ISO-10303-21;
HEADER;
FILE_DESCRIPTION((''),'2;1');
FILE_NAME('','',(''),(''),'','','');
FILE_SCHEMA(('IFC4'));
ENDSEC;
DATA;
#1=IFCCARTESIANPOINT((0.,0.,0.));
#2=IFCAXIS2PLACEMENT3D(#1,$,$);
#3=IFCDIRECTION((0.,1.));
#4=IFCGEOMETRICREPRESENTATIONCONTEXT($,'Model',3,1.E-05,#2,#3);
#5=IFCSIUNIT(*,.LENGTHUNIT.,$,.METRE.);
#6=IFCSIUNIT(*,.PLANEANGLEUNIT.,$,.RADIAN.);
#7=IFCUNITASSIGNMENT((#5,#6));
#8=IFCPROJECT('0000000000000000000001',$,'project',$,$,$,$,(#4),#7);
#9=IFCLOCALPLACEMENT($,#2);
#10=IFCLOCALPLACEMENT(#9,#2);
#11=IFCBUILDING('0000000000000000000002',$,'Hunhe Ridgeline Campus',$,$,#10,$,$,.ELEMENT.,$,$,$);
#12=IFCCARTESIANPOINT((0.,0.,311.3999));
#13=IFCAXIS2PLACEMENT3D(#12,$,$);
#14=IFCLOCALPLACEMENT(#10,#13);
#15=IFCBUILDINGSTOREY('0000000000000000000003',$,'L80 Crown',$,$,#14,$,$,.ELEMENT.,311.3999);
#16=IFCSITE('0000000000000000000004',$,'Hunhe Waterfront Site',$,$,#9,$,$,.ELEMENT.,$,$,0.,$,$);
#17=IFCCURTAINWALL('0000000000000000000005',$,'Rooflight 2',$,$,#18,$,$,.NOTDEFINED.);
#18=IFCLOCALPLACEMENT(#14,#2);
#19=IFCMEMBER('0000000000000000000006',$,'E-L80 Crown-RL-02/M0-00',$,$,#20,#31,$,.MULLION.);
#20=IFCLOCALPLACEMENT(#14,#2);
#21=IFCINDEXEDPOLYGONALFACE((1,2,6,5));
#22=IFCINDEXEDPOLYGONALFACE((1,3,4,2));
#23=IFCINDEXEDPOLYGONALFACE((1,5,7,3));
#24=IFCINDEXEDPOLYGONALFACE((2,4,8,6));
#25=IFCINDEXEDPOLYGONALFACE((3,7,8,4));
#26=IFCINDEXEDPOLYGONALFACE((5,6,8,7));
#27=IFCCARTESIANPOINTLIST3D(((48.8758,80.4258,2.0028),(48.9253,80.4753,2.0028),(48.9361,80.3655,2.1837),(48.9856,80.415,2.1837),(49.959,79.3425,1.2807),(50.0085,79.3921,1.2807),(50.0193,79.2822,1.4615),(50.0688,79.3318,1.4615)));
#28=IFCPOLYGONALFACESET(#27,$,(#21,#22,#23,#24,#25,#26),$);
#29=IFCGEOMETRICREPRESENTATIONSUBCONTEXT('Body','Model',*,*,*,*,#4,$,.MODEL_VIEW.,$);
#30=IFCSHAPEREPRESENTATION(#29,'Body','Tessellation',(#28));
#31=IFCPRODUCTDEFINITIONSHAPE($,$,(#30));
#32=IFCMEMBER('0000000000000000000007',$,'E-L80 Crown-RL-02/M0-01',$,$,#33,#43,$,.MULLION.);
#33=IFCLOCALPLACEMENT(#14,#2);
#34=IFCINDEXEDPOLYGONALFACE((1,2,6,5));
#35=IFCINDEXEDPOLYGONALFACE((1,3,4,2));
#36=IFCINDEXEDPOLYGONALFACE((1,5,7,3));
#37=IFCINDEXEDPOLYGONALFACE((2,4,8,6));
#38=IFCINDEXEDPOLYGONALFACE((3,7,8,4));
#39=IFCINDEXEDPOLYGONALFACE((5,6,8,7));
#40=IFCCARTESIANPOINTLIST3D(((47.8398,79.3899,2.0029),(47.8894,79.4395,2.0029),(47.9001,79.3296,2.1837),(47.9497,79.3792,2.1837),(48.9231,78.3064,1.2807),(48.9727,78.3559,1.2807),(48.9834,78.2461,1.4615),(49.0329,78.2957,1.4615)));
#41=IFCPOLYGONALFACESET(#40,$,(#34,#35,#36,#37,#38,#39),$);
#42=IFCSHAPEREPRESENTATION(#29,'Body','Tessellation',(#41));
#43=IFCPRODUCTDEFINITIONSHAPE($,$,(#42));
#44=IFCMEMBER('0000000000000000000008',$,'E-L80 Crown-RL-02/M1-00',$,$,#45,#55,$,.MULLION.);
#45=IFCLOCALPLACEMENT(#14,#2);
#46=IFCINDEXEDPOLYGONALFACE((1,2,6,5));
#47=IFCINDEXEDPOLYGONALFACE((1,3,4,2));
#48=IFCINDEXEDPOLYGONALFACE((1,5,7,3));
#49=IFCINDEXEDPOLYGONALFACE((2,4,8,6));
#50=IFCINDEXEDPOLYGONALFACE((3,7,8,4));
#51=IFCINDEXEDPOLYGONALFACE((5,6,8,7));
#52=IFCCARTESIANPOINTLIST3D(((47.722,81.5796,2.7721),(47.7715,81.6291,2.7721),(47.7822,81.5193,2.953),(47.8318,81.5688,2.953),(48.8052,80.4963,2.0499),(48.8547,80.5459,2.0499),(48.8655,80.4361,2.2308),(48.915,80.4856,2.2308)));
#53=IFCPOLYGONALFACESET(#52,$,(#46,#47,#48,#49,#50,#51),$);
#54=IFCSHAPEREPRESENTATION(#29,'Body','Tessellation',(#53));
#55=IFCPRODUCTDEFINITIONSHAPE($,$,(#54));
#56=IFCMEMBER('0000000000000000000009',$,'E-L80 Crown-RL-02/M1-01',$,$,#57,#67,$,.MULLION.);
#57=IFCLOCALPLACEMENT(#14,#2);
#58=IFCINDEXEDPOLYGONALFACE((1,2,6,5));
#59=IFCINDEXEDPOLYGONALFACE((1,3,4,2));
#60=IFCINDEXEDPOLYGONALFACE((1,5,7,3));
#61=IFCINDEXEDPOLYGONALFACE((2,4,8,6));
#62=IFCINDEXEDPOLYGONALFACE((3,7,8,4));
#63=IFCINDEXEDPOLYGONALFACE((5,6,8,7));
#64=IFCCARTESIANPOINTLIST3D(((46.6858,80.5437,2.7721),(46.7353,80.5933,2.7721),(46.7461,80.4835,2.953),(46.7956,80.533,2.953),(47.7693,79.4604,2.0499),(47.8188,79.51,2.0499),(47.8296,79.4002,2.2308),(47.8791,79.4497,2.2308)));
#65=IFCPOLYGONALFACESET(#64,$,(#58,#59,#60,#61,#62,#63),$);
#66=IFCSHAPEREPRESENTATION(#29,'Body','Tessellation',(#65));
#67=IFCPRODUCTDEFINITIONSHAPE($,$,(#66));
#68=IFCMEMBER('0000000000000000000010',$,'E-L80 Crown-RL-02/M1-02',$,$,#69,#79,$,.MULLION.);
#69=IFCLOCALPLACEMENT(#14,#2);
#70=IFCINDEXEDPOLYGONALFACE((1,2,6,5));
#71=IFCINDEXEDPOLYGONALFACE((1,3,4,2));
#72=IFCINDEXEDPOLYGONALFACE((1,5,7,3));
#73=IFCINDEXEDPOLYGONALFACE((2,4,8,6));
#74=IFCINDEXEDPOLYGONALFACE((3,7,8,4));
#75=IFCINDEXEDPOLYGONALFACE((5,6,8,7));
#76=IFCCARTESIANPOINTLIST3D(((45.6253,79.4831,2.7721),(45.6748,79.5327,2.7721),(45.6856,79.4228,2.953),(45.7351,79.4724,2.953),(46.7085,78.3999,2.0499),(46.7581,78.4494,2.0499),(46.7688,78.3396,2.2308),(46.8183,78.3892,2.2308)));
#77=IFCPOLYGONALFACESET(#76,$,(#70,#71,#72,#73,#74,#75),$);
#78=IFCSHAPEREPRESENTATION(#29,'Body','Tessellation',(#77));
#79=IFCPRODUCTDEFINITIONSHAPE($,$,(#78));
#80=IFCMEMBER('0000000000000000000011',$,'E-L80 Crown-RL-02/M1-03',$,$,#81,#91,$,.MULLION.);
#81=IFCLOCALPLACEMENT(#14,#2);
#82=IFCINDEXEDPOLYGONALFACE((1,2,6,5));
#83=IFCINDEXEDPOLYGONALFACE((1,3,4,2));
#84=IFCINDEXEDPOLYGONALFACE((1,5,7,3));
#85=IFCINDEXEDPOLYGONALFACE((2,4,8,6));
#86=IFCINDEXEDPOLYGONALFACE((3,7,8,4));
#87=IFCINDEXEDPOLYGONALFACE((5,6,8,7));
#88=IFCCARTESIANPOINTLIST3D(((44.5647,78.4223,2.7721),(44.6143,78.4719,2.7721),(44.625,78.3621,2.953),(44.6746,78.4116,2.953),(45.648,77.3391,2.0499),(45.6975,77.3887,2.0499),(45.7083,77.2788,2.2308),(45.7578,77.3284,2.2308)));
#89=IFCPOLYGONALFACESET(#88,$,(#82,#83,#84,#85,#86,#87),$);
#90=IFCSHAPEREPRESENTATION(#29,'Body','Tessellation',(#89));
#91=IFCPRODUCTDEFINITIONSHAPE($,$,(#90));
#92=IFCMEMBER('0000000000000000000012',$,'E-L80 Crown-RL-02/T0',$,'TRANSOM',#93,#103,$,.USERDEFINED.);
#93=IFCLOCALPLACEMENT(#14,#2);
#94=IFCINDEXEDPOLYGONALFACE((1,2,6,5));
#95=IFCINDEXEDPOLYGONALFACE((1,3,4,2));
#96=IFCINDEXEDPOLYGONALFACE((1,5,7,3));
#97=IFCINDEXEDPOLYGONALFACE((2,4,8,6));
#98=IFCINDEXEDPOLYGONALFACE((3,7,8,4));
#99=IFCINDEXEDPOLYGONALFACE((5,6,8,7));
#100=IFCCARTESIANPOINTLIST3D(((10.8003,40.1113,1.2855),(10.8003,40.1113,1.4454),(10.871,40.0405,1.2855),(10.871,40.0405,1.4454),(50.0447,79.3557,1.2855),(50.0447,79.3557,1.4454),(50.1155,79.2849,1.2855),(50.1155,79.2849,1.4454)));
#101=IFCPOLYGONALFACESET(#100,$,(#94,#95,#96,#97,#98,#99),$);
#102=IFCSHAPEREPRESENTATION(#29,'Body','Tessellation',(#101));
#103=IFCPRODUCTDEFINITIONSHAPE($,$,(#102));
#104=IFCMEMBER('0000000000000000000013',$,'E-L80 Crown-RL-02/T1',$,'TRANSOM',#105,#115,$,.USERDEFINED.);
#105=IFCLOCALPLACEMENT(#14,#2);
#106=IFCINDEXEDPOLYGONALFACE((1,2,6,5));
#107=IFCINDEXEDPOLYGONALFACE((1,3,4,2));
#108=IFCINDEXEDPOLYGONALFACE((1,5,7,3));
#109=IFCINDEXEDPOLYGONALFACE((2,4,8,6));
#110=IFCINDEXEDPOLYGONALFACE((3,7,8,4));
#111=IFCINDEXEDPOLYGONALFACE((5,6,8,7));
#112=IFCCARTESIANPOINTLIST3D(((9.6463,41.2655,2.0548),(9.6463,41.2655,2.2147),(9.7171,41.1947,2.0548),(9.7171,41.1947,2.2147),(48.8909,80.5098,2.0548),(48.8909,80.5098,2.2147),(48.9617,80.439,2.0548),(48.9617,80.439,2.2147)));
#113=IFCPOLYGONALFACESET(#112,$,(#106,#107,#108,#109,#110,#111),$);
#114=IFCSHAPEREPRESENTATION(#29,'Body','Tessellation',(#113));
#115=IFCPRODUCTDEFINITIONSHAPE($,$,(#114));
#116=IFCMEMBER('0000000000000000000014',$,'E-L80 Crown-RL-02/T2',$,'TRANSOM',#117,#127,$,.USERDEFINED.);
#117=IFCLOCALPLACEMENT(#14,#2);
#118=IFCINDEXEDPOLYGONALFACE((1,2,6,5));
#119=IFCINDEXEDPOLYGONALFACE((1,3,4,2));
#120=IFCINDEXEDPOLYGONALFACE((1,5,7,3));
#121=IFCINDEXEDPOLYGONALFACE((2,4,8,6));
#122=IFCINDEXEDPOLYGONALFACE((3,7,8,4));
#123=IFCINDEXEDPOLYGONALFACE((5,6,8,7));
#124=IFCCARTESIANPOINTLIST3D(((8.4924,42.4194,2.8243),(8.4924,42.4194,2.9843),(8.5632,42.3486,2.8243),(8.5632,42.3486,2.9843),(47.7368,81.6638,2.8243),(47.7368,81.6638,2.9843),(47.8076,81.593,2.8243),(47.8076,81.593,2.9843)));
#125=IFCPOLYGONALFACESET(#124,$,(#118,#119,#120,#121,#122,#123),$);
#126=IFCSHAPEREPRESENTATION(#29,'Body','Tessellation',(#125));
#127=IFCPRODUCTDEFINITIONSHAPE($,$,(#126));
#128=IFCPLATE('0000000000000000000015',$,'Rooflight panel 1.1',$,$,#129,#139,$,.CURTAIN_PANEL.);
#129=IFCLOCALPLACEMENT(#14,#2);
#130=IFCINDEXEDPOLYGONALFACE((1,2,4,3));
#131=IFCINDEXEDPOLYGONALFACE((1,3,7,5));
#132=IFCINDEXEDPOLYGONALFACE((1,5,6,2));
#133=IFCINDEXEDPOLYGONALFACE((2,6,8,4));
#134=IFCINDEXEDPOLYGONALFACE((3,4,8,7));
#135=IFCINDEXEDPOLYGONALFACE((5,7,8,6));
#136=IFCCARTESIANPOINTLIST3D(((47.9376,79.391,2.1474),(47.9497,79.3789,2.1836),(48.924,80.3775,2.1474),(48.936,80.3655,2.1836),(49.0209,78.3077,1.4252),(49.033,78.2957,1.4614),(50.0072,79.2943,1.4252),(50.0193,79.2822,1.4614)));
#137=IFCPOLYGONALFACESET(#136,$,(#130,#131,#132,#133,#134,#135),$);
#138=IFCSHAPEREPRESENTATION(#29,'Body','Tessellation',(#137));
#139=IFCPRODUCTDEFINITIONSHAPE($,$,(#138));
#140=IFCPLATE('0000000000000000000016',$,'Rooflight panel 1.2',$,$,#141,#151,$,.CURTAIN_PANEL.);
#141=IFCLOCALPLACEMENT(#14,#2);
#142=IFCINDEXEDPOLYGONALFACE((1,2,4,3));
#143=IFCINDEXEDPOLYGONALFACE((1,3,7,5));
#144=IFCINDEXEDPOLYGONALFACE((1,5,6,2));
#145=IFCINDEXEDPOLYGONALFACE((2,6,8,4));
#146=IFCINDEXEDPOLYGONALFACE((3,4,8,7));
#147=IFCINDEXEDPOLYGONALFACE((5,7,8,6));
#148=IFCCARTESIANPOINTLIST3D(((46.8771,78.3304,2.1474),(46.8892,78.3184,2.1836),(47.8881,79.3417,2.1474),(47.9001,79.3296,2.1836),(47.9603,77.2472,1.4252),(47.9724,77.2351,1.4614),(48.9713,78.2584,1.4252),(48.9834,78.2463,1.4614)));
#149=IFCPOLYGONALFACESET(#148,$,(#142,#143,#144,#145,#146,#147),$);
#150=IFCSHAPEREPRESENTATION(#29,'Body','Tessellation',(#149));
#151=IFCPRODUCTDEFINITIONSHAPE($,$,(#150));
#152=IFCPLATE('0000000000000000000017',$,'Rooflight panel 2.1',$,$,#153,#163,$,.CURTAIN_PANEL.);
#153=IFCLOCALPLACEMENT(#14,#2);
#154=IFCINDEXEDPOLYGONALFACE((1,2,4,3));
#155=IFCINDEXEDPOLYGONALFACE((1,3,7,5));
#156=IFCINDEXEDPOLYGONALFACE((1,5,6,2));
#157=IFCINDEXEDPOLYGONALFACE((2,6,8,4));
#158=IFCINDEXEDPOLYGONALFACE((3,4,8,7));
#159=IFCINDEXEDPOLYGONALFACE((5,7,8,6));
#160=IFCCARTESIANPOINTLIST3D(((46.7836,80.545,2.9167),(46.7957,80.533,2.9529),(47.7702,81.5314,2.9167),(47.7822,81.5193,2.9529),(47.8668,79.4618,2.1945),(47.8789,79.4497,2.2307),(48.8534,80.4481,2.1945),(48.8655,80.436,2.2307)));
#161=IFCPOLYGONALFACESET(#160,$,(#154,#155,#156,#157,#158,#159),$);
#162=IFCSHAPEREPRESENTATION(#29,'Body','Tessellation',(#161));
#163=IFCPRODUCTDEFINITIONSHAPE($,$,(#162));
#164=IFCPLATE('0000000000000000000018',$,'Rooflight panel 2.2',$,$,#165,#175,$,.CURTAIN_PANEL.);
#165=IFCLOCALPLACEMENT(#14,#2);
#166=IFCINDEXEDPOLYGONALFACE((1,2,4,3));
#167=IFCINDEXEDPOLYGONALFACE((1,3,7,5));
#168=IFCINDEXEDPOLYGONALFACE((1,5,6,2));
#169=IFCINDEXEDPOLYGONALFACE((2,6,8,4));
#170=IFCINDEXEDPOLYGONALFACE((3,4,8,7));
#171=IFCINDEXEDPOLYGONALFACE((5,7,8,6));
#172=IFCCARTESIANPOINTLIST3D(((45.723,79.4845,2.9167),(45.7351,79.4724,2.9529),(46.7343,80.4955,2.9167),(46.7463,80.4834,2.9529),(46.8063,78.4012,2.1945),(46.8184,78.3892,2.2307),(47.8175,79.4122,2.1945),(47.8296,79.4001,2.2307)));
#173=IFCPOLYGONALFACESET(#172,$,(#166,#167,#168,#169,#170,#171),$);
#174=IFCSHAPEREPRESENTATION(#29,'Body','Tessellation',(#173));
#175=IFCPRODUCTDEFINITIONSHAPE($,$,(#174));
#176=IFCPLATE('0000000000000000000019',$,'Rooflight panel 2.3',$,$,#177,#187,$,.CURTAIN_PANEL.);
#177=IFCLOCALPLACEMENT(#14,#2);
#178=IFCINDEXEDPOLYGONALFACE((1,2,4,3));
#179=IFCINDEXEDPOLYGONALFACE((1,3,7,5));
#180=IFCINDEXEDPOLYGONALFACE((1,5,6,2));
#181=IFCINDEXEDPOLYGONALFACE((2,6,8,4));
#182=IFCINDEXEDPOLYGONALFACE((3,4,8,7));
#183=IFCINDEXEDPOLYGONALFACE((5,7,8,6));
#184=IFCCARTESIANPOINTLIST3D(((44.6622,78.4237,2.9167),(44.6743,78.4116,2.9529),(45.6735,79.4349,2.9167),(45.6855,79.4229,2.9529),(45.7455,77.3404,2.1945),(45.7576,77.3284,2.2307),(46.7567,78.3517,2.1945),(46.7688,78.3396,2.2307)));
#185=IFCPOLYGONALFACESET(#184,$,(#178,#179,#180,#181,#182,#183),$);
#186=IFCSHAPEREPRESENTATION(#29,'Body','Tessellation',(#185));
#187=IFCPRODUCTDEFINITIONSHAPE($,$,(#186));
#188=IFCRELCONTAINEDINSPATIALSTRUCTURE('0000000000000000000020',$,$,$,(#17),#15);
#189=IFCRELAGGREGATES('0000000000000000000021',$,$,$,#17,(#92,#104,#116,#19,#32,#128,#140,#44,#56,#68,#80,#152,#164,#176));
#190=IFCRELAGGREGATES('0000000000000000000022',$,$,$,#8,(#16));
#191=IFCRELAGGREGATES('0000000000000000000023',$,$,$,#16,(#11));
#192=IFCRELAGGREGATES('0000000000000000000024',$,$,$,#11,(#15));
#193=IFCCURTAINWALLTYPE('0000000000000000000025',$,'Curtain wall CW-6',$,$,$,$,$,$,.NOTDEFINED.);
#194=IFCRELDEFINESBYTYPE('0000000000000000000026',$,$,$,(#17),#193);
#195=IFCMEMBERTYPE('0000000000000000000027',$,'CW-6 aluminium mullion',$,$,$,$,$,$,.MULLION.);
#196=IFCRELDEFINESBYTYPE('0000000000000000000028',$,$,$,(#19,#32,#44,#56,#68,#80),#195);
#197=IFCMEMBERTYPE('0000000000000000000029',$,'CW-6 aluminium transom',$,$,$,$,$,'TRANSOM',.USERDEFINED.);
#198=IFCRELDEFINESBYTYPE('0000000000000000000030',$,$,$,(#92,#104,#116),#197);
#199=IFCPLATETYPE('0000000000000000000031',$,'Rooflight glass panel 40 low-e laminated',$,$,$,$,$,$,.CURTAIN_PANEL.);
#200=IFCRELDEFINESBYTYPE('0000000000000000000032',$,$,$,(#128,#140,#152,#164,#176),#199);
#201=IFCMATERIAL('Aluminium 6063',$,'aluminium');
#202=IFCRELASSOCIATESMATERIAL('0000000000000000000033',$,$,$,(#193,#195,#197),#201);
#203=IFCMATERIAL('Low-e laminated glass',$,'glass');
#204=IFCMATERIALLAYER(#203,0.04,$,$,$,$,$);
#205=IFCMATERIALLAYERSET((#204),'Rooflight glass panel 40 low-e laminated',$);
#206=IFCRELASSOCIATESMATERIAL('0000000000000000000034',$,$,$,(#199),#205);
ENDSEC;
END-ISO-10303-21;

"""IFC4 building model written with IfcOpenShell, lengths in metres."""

from ifc_helpers import new_model, si_unit, direction, frame, origin, origin_2d, place, context, subcontext, project, spatial, polyline, rectangle, outline, extrude, material, layer, layer_set, material_profile, profile_set, type_object, element, aggregate, save


model = new_model("IFC4")

# Units and contexts
model_context = context("Model", 3, precision=1e-05, world=origin(), true_north=direction((0.0, 1.0)))
body_context = subcontext(model_context, "Body", "Model", "MODEL_VIEW")
ifc_project = project(units=[si_unit("LENGTHUNIT", "METRE"), si_unit("PLANEANGLEUNIT", "RADIAN")], contexts=[model_context])

# Site, building, storey
site_placement = place(None, origin())
site = spatial("IfcSite", under=ifc_project, at=site_placement, Name="Hunhe Waterfront Site", CompositionType="ELEMENT", RefElevation=0.0)
building_placement = place(site_placement, origin())
building = spatial("IfcBuilding", under=site, at=building_placement, Name="Hunhe Ridgeline Campus", CompositionType="ELEMENT")
storey_placement = place(building_placement, frame((0.0, 0.0, 311.3999)))
storey = spatial("IfcBuildingStorey", under=building, at=storey_placement, Name="L80 Crown", CompositionType="ELEMENT", Elevation=311.3999)

# Curtain wall, members
ifc_material_1 = material(Name="Aluminium 6063", Category="aluminium")
curtain_wall_type = type_object("IfcCurtainWallType", Name="Curtain wall CW-6", PredefinedType="NOTDEFINED", material=ifc_material_1)
curtain_wall_placement = place(storey_placement, origin())
curtain_wall = element("IfcCurtainWall", 1, at=curtain_wall_placement, inside=storey, type_object=curtain_wall_type, Name="Rooflight 2", PredefinedType="NOTDEFINED")
ifc_material_profile_1 = material_profile(ifc_material_1, rectangle(XDim=0.0701, YDim=0.2, at=origin_2d()))
ifc_profile_set_1 = profile_set([ifc_material_profile_1], Name="Aluminium 6063")
member_type_1 = type_object("IfcMemberType", Name="CW-6 aluminium mullion", PredefinedType="MULLION", material=ifc_profile_set_1)
member_1_placement = place(storey_placement, frame((50.0139, 79.3372, 1.3711), z_axis=(-0.639602, 0.639602, 0.426401), x_axis=(-0.707107, -0.707107, 0.0)))
member_1 = element("IfcMember", 2, at=member_1_placement, type_object=member_type_1, Name="E-L80 Crown-RL-02/M0-00", PredefinedType="MULLION", context=body_context, shape_type="SweptSolid", body=[
    extrude(rectangle(XDim=0.0701, YDim=0.2, at=origin_2d()), origin(), (0.0, 0.0, 1.0), 1.6936),
])
member_2_placement = place(storey_placement, frame((48.978, 78.301, 1.3711), z_axis=(-0.639543, 0.639687, 0.426362), x_axis=(-0.707186, -0.707027, 0.0)))
member_2 = element("IfcMember", 3, at=member_2_placement, type_object=member_type_1, Name="E-L80 Crown-RL-02/M0-01", PredefinedType="MULLION", context=body_context, shape_type="SweptSolid", body=[
    extrude(rectangle(XDim=0.0701, YDim=0.2, at=origin_2d()), origin(), (0.0, 0.0, 1.0), 1.6938),
])
member_3_placement = place(storey_placement, frame((48.8601, 80.491, 2.1404), z_axis=(-0.639602, 0.639602, 0.426401), x_axis=(-0.707107, -0.707107, 0.0)))
member_3 = element("IfcMember", 4, at=member_3_placement, type_object=member_type_1, Name="E-L80 Crown-RL-02/M1-00", PredefinedType="MULLION", context=body_context, shape_type="SweptSolid", body=[
    extrude(rectangle(XDim=0.0701, YDim=0.2, at=origin_2d()), origin(), (0.0, 0.0, 1.0), 1.6936),
])
member_4_placement = place(storey_placement, frame((47.8242, 79.4551, 2.1404), z_axis=(-0.639687, 0.639543, 0.426362), x_axis=(-0.707027, -0.707186, 0.0)))
member_4 = element("IfcMember", 5, at=member_4_placement, type_object=member_type_1, Name="E-L80 Crown-RL-02/M1-01", PredefinedType="MULLION", context=body_context, shape_type="SweptSolid", body=[
    extrude(rectangle(XDim=0.0701, YDim=0.2, at=origin_2d()), origin(), (0.0, 0.0, 1.0), 1.6938),
])
member_5_placement = place(storey_placement, frame((46.7634, 78.3945, 2.1404), z_axis=(-0.639602, 0.639602, 0.426401), x_axis=(-0.707107, -0.707107, 0.0)))
member_5 = element("IfcMember", 6, at=member_5_placement, type_object=member_type_1, Name="E-L80 Crown-RL-02/M1-02", PredefinedType="MULLION", context=body_context, shape_type="SweptSolid", body=[
    extrude(rectangle(XDim=0.0701, YDim=0.2, at=origin_2d()), origin(), (0.0, 0.0, 1.0), 1.6936),
])
member_6_placement = place(storey_placement, frame((45.7029, 77.3337, 2.1404), z_axis=(-0.639602, 0.639602, 0.426401), x_axis=(-0.707107, -0.707107, 0.0)))
member_6 = element("IfcMember", 7, at=member_6_placement, type_object=member_type_1, Name="E-L80 Crown-RL-02/M1-03", PredefinedType="MULLION", context=body_context, shape_type="SweptSolid", body=[
    extrude(rectangle(XDim=0.0701, YDim=0.2, at=origin_2d()), origin(), (0.0, 0.0, 1.0), 1.6936),
])
ifc_material_profile_2 = material_profile(ifc_material_1, rectangle(XDim=0.1001, YDim=0.1599, at=origin_2d()))
ifc_profile_set_2 = profile_set([ifc_material_profile_2], Name="Aluminium 6063")
member_type_2 = type_object("IfcMemberType", Name="CW-6 aluminium transom", ElementType="TRANSOM", PredefinedType="USERDEFINED", material=ifc_profile_set_2)
member_7_placement = place(storey_placement, frame((50.0801, 79.3203, 1.3655), z_axis=(-0.707107, -0.707107, 0.0), x_axis=(0.707107, -0.707107, 0.0)))
member_7 = element("IfcMember", 8, at=member_7_placement, type_object=member_type_2, Name="E-L80 Crown-RL-02/T0", ObjectType="TRANSOM", PredefinedType="USERDEFINED", context=body_context, shape_type="SweptSolid", body=[
    extrude(rectangle(XDim=0.1001, YDim=0.1599, at=origin_2d()), origin(), (0.0, 0.0, 1.0), 55.5),
])
member_8_placement = place(storey_placement, frame((48.9263, 80.4744, 2.1348), z_axis=(-0.707109, -0.707105, 0.0), x_axis=(0.707105, -0.707109, 0.0)))
member_8 = element("IfcMember", 9, at=member_8_placement, type_object=member_type_2, Name="E-L80 Crown-RL-02/T1", ObjectType="TRANSOM", PredefinedType="USERDEFINED", context=body_context, shape_type="SweptSolid", body=[
    extrude(rectangle(XDim=0.1001, YDim=0.1599, at=origin_2d()), origin(), (0.0, 0.0, 1.0), 55.5),
])
member_9_placement = place(storey_placement, frame((47.7722, 81.6284, 2.9043), z_axis=(-0.707107, -0.707107, 0.0), x_axis=(0.707107, -0.707107, 0.0)))
member_9 = element("IfcMember", 10, at=member_9_placement, type_object=member_type_2, Name="E-L80 Crown-RL-02/T2", ObjectType="TRANSOM", PredefinedType="USERDEFINED", context=body_context, shape_type="SweptSolid", body=[
    extrude(rectangle(XDim=0.1001, YDim=0.1599, at=origin_2d()), origin(), (0.0, 0.0, 1.0), 55.5),
])

# Plates
ifc_material_2 = material(Name="Low-e laminated glass", Category="glass")
ifc_layer_1 = layer(ifc_material_2, 0.04)
ifc_layer_set_1 = layer_set([ifc_layer_1], Name="Rooflight glass panel 40 low-e laminated")
plate_type = type_object("IfcPlateType", Name="Rooflight glass panel 40 low-e laminated", PredefinedType="CURTAIN_PANEL", material=ifc_layer_set_1)
plate_1_placement = place(storey_placement, frame((50.0193, 79.2822, 1.4614), z_axis=(0.301549, -0.301474, 0.904534), x_axis=(-0.639602, 0.639602, 0.426401)))
plate_1 = element("IfcPlate", 11, at=plate_1_placement, type_object=plate_type, Name="Rooflight panel 1.1", PredefinedType="CURTAIN_PANEL", context=body_context, shape_type="SweptSolid", body=[
    extrude(outline(polyline([(0.0, 0.0), (1.6936, 0.0), (1.6935, 1.3951), (-0.0002, 1.3951), (0.0, 0.0)])), origin(), (0.0, 0.0, -1.0), 0.04),
])
plate_2_placement = place(storey_placement, frame((48.9834, 78.2463, 1.4614), z_axis=(0.301548, -0.301475, 0.904534), x_axis=(-0.639602, 0.639602, 0.426401)))
plate_2 = element("IfcPlate", 12, at=plate_2_placement, type_object=plate_type, Name="Rooflight panel 1.2", PredefinedType="CURTAIN_PANEL", context=body_context, shape_type="SweptSolid", body=[
    extrude(outline(polyline([(0.0, 0.0), (1.6936, 0.0), (1.6935, 1.4299), (-0.0002, 1.4299), (0.0, 0.0)])), origin(), (0.0, 0.0, -1.0), 0.04),
])
plate_3_placement = place(storey_placement, frame((48.8655, 80.436, 2.2307), z_axis=(0.301474, -0.301549, 0.904534), x_axis=(-0.639602, 0.639602, 0.426401)))
plate_3 = element("IfcPlate", 13, at=plate_3_placement, type_object=plate_type, Name="Rooflight panel 2.1", PredefinedType="CURTAIN_PANEL", context=body_context, shape_type="SweptSolid", body=[
    extrude(outline(polyline([(0.0, 0.0), (1.6936, 0.0), (1.6938, 1.3951), (0.0002, 1.3951), (0.0, 0.0)])), origin(), (0.0, 0.0, -1.0), 0.04),
])
plate_4_placement = place(storey_placement, frame((47.8296, 79.4001, 2.2307), z_axis=(0.301475, -0.301548, 0.904534), x_axis=(-0.639602, 0.639602, 0.426401)))
plate_4 = element("IfcPlate", 14, at=plate_4_placement, type_object=plate_type, Name="Rooflight panel 2.2", PredefinedType="CURTAIN_PANEL", context=body_context, shape_type="SweptSolid", body=[
    extrude(outline(polyline([(0.0, 0.0), (1.6936, 0.0), (1.6938, 1.4299), (0.0002, 1.4299), (0.0, 0.0)])), origin(), (0.0, 0.0, -1.0), 0.04),
])
plate_5_placement = place(storey_placement, frame((46.7688, 78.3396, 2.2307), z_axis=(0.301511, -0.301511, 0.904534), x_axis=(-0.639602, 0.639602, 0.426401)))
plate_5 = element("IfcPlate", 15, at=plate_5_placement, type_object=plate_type, Name="Rooflight panel 2.3", PredefinedType="CURTAIN_PANEL", context=body_context, shape_type="SweptSolid", body=[
    extrude(outline(polyline([(0.0, 0.0), (1.6936, 0.0), (1.6936, 1.4301), (0.0, 1.4301), (0.0, 0.0)])), origin(), (0.0, 0.0, -1.0), 0.04),
])
aggregate(curtain_wall, [member_7, member_8, member_9, member_1, member_2, plate_1, plate_2, member_3, member_4, member_5, member_6, plate_3, plate_4, plate_5])

save(model, "model.ifc")
